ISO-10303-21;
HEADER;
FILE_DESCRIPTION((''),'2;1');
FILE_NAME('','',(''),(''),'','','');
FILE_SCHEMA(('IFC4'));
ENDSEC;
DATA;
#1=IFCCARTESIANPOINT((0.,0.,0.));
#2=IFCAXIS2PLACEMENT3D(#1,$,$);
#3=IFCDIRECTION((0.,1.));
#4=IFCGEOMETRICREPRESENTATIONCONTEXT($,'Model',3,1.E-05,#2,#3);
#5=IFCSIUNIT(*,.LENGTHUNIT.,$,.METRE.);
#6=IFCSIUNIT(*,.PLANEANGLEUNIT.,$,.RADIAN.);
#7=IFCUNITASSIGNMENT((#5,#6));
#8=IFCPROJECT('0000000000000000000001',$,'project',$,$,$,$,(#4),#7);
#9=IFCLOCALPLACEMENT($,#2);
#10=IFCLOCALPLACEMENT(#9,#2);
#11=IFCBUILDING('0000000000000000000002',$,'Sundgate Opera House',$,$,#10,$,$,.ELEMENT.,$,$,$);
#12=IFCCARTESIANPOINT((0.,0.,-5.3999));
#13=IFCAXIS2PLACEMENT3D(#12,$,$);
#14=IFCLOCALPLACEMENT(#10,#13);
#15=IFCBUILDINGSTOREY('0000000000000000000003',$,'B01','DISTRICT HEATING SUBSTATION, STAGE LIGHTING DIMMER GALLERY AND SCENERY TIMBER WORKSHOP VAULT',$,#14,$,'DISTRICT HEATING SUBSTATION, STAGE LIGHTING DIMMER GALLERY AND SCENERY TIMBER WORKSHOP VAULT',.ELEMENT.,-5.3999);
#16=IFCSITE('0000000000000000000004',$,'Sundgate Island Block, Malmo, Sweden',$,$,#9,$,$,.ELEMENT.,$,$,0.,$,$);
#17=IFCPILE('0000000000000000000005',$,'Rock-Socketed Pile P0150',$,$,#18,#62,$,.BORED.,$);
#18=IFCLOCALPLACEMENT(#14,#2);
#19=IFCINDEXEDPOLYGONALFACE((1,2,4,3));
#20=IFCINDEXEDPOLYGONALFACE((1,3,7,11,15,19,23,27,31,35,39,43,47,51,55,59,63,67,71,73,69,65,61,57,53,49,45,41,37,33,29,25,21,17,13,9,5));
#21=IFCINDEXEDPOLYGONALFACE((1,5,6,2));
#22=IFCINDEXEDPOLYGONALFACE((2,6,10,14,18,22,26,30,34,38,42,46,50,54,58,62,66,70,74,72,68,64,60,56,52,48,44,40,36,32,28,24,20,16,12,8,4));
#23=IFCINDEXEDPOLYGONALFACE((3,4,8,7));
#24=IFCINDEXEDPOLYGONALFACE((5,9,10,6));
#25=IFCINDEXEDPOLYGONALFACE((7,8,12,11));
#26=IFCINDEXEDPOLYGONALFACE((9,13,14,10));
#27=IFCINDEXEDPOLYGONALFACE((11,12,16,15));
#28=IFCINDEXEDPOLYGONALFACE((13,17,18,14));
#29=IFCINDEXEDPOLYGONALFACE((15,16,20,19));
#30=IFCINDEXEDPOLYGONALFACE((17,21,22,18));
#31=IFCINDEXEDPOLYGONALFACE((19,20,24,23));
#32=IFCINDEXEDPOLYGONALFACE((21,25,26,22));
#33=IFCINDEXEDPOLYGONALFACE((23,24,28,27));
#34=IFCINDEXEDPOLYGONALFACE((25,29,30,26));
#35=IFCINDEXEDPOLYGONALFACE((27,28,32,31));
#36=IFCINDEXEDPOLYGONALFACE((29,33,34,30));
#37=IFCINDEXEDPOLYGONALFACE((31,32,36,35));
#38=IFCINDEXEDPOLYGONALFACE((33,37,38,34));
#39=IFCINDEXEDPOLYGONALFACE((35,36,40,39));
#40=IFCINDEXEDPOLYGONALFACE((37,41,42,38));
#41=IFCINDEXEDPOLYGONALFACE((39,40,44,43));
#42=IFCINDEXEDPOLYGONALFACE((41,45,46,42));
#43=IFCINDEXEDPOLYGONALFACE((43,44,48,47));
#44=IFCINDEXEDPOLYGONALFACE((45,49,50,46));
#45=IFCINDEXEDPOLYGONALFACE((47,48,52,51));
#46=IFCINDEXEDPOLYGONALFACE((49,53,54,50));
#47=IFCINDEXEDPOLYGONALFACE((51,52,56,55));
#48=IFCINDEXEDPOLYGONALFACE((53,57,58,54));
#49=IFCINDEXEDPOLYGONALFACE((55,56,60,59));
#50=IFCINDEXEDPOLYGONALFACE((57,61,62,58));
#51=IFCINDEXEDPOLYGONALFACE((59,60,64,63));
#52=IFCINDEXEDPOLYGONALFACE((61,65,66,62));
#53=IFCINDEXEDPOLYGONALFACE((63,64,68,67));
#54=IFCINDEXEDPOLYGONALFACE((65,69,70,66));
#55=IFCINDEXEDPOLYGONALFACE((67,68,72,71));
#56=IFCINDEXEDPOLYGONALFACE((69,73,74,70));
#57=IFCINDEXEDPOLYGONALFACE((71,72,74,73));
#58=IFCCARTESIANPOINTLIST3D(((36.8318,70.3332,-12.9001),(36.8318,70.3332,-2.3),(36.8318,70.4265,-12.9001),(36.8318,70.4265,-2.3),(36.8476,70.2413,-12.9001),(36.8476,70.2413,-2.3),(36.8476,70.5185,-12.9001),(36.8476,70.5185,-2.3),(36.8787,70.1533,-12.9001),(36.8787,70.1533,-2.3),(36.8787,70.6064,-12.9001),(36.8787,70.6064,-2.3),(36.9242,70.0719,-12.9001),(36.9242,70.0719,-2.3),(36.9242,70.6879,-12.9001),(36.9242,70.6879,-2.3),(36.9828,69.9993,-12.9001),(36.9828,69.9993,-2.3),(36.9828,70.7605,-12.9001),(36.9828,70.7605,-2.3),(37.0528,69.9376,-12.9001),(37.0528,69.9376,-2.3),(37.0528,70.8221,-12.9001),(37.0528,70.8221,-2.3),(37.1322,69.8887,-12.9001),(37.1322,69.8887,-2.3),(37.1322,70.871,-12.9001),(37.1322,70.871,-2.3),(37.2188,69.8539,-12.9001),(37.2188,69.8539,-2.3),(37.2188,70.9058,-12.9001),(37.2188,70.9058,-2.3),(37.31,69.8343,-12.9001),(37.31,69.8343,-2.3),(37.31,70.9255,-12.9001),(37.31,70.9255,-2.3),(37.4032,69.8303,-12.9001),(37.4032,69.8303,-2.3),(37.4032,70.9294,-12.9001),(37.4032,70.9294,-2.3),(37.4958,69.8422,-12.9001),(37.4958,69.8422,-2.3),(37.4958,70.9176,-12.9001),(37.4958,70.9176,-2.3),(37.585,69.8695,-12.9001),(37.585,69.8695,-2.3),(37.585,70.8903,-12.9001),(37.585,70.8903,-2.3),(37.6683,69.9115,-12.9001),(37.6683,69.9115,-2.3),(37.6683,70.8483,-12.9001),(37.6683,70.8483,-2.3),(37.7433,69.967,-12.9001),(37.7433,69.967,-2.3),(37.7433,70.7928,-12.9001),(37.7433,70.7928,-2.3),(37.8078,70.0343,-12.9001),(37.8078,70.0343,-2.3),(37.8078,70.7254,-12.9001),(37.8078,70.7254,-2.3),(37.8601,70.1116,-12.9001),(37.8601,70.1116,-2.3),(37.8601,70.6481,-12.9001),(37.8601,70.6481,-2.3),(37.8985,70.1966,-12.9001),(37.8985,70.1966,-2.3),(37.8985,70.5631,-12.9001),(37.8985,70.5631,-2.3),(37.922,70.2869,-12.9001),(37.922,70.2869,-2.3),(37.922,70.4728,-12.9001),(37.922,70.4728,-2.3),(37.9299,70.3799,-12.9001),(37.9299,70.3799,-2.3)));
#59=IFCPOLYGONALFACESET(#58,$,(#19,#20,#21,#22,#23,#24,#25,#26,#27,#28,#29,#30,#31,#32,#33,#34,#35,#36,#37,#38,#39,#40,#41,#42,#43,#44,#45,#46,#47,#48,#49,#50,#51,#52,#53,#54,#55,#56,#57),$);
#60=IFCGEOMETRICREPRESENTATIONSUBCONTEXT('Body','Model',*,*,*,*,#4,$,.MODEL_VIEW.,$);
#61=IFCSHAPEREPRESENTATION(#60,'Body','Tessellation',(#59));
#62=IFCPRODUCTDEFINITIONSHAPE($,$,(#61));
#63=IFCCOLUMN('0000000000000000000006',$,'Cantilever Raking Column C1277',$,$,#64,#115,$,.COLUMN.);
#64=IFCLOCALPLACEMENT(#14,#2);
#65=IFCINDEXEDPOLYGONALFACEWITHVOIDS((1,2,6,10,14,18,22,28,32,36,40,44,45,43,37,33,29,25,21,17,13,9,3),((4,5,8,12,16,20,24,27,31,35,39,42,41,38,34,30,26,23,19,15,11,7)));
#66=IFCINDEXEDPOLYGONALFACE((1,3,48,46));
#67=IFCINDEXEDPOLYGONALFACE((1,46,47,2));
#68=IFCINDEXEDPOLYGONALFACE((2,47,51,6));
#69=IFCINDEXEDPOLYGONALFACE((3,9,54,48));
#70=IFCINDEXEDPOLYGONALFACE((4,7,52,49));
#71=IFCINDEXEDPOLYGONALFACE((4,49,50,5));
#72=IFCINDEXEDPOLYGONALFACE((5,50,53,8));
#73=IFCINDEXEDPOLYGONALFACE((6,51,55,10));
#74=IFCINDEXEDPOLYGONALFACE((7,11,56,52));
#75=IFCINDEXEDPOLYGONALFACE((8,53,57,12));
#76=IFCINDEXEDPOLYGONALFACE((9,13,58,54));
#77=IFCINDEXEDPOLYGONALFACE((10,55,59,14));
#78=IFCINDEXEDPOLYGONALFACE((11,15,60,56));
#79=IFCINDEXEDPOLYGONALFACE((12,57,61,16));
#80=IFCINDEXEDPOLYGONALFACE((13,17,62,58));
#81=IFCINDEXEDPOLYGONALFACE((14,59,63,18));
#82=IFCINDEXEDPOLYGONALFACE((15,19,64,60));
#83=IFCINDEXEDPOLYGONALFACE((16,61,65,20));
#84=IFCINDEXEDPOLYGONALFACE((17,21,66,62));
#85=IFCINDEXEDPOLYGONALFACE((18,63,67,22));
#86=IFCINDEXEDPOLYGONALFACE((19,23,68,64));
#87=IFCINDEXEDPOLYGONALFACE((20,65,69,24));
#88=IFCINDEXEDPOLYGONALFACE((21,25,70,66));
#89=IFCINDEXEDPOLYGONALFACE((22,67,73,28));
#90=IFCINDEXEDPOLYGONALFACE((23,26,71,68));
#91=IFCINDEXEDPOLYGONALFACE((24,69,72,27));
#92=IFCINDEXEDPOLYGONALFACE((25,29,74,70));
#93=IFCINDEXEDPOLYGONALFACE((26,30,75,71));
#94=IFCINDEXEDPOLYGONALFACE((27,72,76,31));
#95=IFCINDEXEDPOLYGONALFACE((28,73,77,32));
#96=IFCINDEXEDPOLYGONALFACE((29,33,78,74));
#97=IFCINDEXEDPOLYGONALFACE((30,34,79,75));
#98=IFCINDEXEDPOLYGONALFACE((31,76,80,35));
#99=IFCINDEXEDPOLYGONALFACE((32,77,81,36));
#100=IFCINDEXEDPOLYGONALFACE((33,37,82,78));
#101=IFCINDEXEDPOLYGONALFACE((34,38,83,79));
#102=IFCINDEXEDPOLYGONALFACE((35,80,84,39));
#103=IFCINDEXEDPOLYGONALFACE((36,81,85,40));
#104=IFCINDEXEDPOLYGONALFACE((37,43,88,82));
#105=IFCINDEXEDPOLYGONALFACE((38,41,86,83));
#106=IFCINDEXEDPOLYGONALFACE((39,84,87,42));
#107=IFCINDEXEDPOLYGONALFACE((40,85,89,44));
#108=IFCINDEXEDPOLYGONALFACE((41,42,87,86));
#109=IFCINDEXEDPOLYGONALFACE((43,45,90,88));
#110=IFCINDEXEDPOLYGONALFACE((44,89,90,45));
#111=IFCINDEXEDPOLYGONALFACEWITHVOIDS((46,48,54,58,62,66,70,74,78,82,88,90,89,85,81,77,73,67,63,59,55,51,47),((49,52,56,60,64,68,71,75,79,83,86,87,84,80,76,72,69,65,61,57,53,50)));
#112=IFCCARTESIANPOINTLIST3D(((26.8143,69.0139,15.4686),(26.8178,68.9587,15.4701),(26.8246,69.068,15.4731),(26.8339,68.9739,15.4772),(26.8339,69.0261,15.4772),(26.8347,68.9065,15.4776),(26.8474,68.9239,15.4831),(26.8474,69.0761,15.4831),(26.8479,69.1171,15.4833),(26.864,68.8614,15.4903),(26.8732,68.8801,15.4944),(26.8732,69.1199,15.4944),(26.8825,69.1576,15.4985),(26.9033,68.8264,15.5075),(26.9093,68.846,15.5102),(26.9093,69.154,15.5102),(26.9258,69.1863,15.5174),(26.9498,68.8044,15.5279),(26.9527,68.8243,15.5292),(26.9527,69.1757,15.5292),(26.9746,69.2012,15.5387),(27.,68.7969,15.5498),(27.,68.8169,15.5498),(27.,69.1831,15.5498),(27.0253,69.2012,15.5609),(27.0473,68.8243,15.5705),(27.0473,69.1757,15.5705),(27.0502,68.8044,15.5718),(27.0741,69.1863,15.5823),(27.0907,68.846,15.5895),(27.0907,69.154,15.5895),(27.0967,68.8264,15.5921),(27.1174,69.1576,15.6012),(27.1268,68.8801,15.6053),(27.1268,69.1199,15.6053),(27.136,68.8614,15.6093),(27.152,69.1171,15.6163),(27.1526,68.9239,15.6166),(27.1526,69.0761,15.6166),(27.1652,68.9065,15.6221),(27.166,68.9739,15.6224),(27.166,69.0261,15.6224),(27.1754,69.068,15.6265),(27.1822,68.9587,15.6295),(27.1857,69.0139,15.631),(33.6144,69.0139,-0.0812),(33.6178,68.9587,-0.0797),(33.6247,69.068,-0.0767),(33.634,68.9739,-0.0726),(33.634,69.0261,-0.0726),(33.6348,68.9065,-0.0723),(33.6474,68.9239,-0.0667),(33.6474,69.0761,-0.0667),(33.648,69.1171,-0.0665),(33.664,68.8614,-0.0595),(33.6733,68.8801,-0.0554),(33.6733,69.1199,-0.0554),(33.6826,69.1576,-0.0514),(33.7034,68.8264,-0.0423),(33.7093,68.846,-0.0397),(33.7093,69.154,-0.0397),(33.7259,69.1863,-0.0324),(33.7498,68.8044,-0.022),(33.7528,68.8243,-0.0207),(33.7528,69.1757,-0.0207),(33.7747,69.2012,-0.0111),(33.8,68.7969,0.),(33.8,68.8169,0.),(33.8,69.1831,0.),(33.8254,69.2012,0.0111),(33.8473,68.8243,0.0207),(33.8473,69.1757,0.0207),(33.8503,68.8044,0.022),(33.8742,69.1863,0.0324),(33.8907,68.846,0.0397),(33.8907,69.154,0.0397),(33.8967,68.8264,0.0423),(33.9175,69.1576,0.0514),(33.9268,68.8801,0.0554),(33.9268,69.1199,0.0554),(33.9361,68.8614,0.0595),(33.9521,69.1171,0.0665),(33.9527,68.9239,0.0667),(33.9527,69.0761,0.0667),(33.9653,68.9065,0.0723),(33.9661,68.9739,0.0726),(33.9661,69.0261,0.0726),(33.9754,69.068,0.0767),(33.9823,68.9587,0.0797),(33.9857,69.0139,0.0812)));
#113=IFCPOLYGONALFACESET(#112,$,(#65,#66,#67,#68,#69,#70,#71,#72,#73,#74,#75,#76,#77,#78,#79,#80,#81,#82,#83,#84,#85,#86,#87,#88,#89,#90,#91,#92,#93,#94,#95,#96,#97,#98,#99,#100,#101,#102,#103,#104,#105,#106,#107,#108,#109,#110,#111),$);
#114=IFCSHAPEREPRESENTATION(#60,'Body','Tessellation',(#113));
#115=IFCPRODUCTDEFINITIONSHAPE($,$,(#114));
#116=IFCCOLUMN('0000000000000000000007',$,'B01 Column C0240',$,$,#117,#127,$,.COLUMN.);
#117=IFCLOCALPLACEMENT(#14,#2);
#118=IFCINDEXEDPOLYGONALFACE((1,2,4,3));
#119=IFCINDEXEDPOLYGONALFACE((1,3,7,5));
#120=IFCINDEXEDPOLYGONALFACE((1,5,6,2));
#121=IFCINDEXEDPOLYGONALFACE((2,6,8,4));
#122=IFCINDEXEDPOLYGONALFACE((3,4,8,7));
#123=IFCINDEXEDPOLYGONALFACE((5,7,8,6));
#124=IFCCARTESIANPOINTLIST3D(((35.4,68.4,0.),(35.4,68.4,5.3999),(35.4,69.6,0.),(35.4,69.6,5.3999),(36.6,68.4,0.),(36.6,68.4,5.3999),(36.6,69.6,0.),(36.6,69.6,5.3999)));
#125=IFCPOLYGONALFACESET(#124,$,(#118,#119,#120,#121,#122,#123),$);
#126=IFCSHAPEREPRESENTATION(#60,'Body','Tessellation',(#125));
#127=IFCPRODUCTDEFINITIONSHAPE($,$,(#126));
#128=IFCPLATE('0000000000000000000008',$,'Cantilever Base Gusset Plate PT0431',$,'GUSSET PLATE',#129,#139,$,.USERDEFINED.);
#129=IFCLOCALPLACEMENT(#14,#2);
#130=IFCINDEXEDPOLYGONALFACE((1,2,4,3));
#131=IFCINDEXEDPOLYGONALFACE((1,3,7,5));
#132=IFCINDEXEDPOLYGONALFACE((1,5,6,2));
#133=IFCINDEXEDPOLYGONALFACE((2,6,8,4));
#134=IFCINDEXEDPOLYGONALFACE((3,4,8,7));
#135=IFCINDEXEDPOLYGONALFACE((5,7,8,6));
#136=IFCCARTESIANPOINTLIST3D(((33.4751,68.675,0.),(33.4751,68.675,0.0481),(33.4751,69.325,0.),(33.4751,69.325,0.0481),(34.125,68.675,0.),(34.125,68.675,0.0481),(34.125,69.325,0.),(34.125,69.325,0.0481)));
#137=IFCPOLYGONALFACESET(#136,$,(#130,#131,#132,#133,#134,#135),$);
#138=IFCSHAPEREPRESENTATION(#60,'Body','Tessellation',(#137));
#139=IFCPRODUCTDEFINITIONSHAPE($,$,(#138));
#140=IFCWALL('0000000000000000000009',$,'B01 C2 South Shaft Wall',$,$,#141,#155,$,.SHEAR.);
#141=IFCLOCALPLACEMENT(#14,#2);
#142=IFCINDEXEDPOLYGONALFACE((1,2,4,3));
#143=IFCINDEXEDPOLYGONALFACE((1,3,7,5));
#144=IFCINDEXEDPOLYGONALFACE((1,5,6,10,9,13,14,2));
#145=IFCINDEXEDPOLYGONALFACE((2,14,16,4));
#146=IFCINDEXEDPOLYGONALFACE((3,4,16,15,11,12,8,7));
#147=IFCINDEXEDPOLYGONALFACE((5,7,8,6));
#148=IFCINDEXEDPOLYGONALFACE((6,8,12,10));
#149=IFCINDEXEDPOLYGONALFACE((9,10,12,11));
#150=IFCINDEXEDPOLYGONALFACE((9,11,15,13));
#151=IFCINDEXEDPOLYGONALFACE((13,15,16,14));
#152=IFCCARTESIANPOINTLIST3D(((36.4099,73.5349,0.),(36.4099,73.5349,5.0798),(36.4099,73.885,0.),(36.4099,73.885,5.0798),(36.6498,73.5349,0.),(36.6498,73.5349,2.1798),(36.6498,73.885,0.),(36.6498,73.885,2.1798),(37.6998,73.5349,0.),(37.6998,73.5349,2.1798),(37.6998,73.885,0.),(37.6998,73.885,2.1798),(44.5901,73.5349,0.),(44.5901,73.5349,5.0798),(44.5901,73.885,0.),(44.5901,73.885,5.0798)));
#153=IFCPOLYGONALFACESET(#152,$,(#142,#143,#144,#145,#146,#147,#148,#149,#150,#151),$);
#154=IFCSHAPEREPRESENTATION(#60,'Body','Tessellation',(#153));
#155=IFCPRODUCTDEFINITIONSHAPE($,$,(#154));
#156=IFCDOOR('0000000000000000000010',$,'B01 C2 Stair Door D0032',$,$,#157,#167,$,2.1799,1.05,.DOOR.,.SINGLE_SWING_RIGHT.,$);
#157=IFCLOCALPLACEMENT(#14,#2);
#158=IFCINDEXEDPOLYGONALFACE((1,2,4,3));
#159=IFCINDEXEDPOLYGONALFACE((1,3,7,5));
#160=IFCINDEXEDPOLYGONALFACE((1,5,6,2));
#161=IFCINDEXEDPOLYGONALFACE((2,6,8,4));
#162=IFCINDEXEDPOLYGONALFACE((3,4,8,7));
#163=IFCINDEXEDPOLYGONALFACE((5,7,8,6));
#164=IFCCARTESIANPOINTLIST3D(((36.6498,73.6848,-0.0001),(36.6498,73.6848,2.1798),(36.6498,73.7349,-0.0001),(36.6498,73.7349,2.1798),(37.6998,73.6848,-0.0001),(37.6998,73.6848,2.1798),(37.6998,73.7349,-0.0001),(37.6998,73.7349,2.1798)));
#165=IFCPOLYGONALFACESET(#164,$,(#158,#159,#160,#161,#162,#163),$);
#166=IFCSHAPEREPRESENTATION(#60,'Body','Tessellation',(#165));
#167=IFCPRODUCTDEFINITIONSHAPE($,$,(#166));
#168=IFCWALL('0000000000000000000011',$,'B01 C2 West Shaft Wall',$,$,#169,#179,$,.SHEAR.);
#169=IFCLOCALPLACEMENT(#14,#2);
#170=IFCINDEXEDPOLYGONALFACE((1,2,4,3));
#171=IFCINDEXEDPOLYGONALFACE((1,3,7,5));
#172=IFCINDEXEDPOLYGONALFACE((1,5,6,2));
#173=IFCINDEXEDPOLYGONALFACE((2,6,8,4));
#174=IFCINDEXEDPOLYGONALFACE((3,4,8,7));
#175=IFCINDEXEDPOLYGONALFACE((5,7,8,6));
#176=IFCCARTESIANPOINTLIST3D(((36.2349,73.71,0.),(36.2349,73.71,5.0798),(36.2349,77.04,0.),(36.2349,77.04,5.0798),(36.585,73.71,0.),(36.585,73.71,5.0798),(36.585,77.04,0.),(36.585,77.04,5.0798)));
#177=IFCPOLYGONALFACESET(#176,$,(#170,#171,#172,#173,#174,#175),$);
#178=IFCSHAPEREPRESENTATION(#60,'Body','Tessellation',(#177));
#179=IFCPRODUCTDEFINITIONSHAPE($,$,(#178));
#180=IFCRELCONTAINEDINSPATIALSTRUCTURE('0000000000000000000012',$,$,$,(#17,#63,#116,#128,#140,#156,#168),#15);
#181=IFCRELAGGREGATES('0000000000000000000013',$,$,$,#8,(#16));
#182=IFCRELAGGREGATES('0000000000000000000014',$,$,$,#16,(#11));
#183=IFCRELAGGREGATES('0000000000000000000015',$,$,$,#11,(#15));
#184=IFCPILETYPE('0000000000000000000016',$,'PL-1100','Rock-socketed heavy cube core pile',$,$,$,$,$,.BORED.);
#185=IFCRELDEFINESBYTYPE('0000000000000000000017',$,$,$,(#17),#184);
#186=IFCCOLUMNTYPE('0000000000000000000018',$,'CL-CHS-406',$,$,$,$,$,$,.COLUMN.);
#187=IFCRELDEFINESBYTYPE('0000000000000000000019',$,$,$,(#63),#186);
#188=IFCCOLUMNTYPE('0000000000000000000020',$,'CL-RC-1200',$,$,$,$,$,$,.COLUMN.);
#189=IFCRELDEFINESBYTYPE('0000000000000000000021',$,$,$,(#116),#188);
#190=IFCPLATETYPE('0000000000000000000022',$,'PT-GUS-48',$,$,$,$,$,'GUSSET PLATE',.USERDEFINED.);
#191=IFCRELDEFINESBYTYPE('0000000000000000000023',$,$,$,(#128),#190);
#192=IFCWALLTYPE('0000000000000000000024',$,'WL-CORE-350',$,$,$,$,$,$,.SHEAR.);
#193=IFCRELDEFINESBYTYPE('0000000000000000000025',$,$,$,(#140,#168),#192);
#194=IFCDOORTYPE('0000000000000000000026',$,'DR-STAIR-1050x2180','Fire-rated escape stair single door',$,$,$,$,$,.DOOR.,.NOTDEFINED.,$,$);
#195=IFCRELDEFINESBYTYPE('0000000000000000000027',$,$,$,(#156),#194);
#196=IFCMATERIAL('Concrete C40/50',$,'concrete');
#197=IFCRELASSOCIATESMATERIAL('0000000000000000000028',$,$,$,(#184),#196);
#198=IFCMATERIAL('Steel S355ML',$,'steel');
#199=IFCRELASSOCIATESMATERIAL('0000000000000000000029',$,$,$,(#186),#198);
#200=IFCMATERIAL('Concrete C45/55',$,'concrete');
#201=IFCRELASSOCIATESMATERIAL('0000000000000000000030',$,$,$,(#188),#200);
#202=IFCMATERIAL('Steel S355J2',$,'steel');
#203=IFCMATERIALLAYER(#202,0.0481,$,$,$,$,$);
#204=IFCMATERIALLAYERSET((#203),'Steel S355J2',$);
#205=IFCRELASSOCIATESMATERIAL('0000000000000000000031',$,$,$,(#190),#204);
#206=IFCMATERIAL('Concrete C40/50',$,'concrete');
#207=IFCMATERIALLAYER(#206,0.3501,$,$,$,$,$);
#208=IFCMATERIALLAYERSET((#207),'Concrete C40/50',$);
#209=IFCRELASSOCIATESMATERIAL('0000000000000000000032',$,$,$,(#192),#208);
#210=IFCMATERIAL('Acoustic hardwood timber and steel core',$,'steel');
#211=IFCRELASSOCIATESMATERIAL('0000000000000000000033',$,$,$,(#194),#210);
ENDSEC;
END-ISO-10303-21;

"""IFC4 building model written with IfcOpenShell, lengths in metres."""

from ifc_helpers import new_model, si_unit, direction, frame, frame_2d, origin, origin_2d, place, context, subcontext, project, spatial, rectangle, circle, hollow_circle, extrude, material, layer, layer_set, material_profile, profile_set, type_object, element, fill, save


model = new_model("IFC4")

# Units and contexts
model_context = context("Model", 3, precision=1e-05, world=origin(), true_north=direction((0.0, 1.0)))
body_context = subcontext(model_context, "Body", "Model", "MODEL_VIEW")
ifc_project = project(units=[si_unit("LENGTHUNIT", "METRE"), si_unit("PLANEANGLEUNIT", "RADIAN")], contexts=[model_context])

# Site, building, storey
site_placement = place(None, origin())
site = spatial("IfcSite", under=ifc_project, at=site_placement, Name="Sundgate Island Block, Malmo, Sweden", CompositionType="ELEMENT", RefElevation=0.0)
building_placement = place(site_placement, origin())
building = spatial("IfcBuilding", under=site, at=building_placement, Name="Sundgate Opera House", CompositionType="ELEMENT")
storey_placement = place(building_placement, frame((0.0, 0.0, -5.3999)))
storey = spatial("IfcBuildingStorey", under=building, at=storey_placement, Name="B01", Description="DISTRICT HEATING SUBSTATION, STAGE LIGHTING DIMMER GALLERY AND SCENERY TIMBER WORKSHOP VAULT", LongName="DISTRICT HEATING SUBSTATION, STAGE LIGHTING DIMMER GALLERY AND SCENERY TIMBER WORKSHOP VAULT", CompositionType="ELEMENT", Elevation=-5.3999)

# Pile
ifc_material_1 = material(Name="Concrete C40/50", Category="concrete")
ifc_material_profile_1 = material_profile(ifc_material_1, circle(Radius=0.55, at=origin_2d()), Name="PILE D1100")
ifc_profile_set_1 = profile_set([ifc_material_profile_1], Name="Concrete C40/50")
pile_type = type_object("IfcPileType", Name="PL-1100", Description="Rock-socketed heavy cube core pile", PredefinedType="BORED", material=ifc_profile_set_1)
for number, where, z_axis, x_axis, name in (
    (1, (37.3799, 70.3799, -2.3), (0.0, 0.0, -1.0), (1.0, 0.0, 0.0), "Rock-Socketed Pile P0150"),
):
    element("IfcPile", number, at=place(storey_placement, frame(where, z_axis=z_axis, x_axis=x_axis)), inside=storey, type_object=pile_type, Name=name, PredefinedType="BORED", context=body_context, shape_type="SweptSolid", body=[
        extrude(circle(Radius=0.55, at=origin_2d()), origin(), (0.0, 0.0, 1.0), 10.6001),
    ])

# Columns
ifc_material_2 = material(Name="Steel S355ML", Category="steel")
ifc_material_profile_2 = material_profile(ifc_material_2, hollow_circle(Radius=0.2031, WallThickness=0.02, at=origin_2d()), Name="CHS 406.4x20.0")
ifc_profile_set_2 = profile_set([ifc_material_profile_2], Name="Steel S355ML")
column_type_1 = type_object("IfcColumnType", Name="CL-CHS-406", PredefinedType="COLUMN", material=ifc_profile_set_2)
column_1_placement = place(storey_placement, frame((33.8, 69.0, 0.0), z_axis=(-0.400671, 0.0, 0.916222), x_axis=(0.0, -1.0, 0.0)))
element("IfcColumn", 2, at=column_1_placement, inside=storey, type_object=column_type_1, Name="Cantilever Raking Column C1277", PredefinedType="COLUMN", context=body_context, shape_type="SweptSolid", body=[
    extrude(hollow_circle(Radius=0.2031, WallThickness=0.02, at=origin_2d()), origin(), (0.0, 0.0, 1.0), 16.9717),
])
ifc_material_3 = material(Name="Concrete C45/55", Category="concrete")
ifc_material_profile_3 = material_profile(ifc_material_3, rectangle(XDim=1.2, YDim=1.2, at=origin_2d()), Name="RC 1200x1200")
ifc_profile_set_3 = profile_set([ifc_material_profile_3], Name="Concrete C45/55")
column_type_2 = type_object("IfcColumnType", Name="CL-RC-1200", PredefinedType="COLUMN", material=ifc_profile_set_3)
column_2_placement = place(storey_placement, frame((36.0, 69.0, 0.0), z_axis=(0.0, 0.0, 1.0), x_axis=(1.0, 0.0, 0.0)))
element("IfcColumn", 3, at=column_2_placement, inside=storey, type_object=column_type_2, Name="B01 Column C0240", PredefinedType="COLUMN", context=body_context, shape_type="SweptSolid", body=[
    extrude(rectangle(XDim=1.2, YDim=1.2, at=origin_2d()), origin(), (0.0, 0.0, 1.0), 5.3999),
])

# Plate
ifc_material_4 = material(Name="Steel S355J2", Category="steel")
ifc_layer_1 = layer(ifc_material_4, 0.0481)
ifc_layer_set_1 = layer_set([ifc_layer_1], Name="Steel S355J2")
plate_type = type_object("IfcPlateType", Name="PT-GUS-48", ElementType="GUSSET PLATE", PredefinedType="USERDEFINED", material=ifc_layer_set_1)
plate_placement = place(storey_placement, frame((33.8, 69.0, 0.0), z_axis=(0.0, 0.0, 1.0), x_axis=(1.0, 0.0, 0.0)))
element("IfcPlate", 4, at=plate_placement, inside=storey, type_object=plate_type, Name="Cantilever Base Gusset Plate PT0431", ObjectType="GUSSET PLATE", PredefinedType="USERDEFINED", context=body_context, shape_type="SweptSolid", body=[
    extrude(rectangle(XDim=0.6499, YDim=0.6499, at=origin_2d()), origin(), (0.0, 0.0, 1.0), 0.0481),
])

# Wall, opening, door
ifc_material_5 = material(Name="Concrete C40/50", Category="concrete")
ifc_layer_2 = layer(ifc_material_5, 0.3501)
ifc_layer_set_2 = layer_set([ifc_layer_2], Name="Concrete C40/50")
wall_type_1 = type_object("IfcWallType", Name="WL-CORE-350", PredefinedType="SHEAR", material=ifc_layer_set_2)
wall_1_placement = place(storey_placement, frame((36.4099, 73.71, 0.0), z_axis=(0.0, 0.0, 1.0), x_axis=(1.0, 0.0, 0.0)))
wall_1 = element("IfcWall", 5, at=wall_1_placement, inside=storey, type_object=wall_type_1, Name="B01 C2 South Shaft Wall", PredefinedType="SHEAR", context=body_context, shape_type="SweptSolid", body=[
    extrude(rectangle(XDim=8.1802, YDim=0.3501, at=frame_2d((4.0901, 0.0))), origin(), (0.0, 0.0, 1.0), 5.0798),
])
opening_1_placement = place(wall_1_placement, frame((0.24, 0.0, 0.0)))
opening_1 = element("IfcOpeningElement", 6, at=opening_1_placement, cuts=wall_1, PredefinedType="OPENING", context=body_context, shape_type="SweptSolid", body=[
    extrude(rectangle(XDim=1.05, YDim=2.1799, at=frame_2d((0.5249, 1.0898))), frame((0.0, 0.1851, 0.0), z_axis=(0.0, -1.0, 0.0), x_axis=(1.0, 0.0, 0.0)), (0.0, 0.0, 1.0), 0.3701),
])
ifc_material_6 = material(Name="Acoustic hardwood timber and steel core", Category="steel")
door_type_1 = type_object("IfcDoorType", Name="DR-STAIR-1050x2180", Description="Fire-rated escape stair single door", OperationType="NOTDEFINED", PredefinedType="DOOR", material=ifc_material_6)
door_1_placement = place(opening_1_placement, origin())
door_1 = element("IfcDoor", 7, at=door_1_placement, inside=storey, type_object=door_type_1, Name="B01 C2 Stair Door D0032", OperationType="SINGLE_SWING_RIGHT", OverallHeight=2.1799, OverallWidth=1.05, PredefinedType="DOOR", context=body_context, shape_type="SweptSolid", body=[
    extrude(rectangle(XDim=1.05, YDim=2.1799, at=frame_2d((0.5249, 1.0898))), frame((0.0, 0.0249, 0.0), z_axis=(0.0, -1.0, 0.0), x_axis=(1.0, 0.0, 0.0)), (0.0, 0.0, 1.0), 0.05),
])
fill(opening_1, door_1)

# Wall
wall_2_placement = place(storey_placement, frame((36.4099, 73.71, 0.0), z_axis=(0.0, 0.0, 1.0), x_axis=(0.0, 1.0, 0.0)))
element("IfcWall", 8, at=wall_2_placement, inside=storey, type_object=wall_type_1, Name="B01 C2 West Shaft Wall", PredefinedType="SHEAR", context=body_context, shape_type="SweptSolid", body=[
    extrude(rectangle(XDim=3.3301, YDim=0.3501, at=frame_2d((1.665, 0.0))), origin(), (0.0, 0.0, 1.0), 5.0798),
])

save(model, "model.ifc")
